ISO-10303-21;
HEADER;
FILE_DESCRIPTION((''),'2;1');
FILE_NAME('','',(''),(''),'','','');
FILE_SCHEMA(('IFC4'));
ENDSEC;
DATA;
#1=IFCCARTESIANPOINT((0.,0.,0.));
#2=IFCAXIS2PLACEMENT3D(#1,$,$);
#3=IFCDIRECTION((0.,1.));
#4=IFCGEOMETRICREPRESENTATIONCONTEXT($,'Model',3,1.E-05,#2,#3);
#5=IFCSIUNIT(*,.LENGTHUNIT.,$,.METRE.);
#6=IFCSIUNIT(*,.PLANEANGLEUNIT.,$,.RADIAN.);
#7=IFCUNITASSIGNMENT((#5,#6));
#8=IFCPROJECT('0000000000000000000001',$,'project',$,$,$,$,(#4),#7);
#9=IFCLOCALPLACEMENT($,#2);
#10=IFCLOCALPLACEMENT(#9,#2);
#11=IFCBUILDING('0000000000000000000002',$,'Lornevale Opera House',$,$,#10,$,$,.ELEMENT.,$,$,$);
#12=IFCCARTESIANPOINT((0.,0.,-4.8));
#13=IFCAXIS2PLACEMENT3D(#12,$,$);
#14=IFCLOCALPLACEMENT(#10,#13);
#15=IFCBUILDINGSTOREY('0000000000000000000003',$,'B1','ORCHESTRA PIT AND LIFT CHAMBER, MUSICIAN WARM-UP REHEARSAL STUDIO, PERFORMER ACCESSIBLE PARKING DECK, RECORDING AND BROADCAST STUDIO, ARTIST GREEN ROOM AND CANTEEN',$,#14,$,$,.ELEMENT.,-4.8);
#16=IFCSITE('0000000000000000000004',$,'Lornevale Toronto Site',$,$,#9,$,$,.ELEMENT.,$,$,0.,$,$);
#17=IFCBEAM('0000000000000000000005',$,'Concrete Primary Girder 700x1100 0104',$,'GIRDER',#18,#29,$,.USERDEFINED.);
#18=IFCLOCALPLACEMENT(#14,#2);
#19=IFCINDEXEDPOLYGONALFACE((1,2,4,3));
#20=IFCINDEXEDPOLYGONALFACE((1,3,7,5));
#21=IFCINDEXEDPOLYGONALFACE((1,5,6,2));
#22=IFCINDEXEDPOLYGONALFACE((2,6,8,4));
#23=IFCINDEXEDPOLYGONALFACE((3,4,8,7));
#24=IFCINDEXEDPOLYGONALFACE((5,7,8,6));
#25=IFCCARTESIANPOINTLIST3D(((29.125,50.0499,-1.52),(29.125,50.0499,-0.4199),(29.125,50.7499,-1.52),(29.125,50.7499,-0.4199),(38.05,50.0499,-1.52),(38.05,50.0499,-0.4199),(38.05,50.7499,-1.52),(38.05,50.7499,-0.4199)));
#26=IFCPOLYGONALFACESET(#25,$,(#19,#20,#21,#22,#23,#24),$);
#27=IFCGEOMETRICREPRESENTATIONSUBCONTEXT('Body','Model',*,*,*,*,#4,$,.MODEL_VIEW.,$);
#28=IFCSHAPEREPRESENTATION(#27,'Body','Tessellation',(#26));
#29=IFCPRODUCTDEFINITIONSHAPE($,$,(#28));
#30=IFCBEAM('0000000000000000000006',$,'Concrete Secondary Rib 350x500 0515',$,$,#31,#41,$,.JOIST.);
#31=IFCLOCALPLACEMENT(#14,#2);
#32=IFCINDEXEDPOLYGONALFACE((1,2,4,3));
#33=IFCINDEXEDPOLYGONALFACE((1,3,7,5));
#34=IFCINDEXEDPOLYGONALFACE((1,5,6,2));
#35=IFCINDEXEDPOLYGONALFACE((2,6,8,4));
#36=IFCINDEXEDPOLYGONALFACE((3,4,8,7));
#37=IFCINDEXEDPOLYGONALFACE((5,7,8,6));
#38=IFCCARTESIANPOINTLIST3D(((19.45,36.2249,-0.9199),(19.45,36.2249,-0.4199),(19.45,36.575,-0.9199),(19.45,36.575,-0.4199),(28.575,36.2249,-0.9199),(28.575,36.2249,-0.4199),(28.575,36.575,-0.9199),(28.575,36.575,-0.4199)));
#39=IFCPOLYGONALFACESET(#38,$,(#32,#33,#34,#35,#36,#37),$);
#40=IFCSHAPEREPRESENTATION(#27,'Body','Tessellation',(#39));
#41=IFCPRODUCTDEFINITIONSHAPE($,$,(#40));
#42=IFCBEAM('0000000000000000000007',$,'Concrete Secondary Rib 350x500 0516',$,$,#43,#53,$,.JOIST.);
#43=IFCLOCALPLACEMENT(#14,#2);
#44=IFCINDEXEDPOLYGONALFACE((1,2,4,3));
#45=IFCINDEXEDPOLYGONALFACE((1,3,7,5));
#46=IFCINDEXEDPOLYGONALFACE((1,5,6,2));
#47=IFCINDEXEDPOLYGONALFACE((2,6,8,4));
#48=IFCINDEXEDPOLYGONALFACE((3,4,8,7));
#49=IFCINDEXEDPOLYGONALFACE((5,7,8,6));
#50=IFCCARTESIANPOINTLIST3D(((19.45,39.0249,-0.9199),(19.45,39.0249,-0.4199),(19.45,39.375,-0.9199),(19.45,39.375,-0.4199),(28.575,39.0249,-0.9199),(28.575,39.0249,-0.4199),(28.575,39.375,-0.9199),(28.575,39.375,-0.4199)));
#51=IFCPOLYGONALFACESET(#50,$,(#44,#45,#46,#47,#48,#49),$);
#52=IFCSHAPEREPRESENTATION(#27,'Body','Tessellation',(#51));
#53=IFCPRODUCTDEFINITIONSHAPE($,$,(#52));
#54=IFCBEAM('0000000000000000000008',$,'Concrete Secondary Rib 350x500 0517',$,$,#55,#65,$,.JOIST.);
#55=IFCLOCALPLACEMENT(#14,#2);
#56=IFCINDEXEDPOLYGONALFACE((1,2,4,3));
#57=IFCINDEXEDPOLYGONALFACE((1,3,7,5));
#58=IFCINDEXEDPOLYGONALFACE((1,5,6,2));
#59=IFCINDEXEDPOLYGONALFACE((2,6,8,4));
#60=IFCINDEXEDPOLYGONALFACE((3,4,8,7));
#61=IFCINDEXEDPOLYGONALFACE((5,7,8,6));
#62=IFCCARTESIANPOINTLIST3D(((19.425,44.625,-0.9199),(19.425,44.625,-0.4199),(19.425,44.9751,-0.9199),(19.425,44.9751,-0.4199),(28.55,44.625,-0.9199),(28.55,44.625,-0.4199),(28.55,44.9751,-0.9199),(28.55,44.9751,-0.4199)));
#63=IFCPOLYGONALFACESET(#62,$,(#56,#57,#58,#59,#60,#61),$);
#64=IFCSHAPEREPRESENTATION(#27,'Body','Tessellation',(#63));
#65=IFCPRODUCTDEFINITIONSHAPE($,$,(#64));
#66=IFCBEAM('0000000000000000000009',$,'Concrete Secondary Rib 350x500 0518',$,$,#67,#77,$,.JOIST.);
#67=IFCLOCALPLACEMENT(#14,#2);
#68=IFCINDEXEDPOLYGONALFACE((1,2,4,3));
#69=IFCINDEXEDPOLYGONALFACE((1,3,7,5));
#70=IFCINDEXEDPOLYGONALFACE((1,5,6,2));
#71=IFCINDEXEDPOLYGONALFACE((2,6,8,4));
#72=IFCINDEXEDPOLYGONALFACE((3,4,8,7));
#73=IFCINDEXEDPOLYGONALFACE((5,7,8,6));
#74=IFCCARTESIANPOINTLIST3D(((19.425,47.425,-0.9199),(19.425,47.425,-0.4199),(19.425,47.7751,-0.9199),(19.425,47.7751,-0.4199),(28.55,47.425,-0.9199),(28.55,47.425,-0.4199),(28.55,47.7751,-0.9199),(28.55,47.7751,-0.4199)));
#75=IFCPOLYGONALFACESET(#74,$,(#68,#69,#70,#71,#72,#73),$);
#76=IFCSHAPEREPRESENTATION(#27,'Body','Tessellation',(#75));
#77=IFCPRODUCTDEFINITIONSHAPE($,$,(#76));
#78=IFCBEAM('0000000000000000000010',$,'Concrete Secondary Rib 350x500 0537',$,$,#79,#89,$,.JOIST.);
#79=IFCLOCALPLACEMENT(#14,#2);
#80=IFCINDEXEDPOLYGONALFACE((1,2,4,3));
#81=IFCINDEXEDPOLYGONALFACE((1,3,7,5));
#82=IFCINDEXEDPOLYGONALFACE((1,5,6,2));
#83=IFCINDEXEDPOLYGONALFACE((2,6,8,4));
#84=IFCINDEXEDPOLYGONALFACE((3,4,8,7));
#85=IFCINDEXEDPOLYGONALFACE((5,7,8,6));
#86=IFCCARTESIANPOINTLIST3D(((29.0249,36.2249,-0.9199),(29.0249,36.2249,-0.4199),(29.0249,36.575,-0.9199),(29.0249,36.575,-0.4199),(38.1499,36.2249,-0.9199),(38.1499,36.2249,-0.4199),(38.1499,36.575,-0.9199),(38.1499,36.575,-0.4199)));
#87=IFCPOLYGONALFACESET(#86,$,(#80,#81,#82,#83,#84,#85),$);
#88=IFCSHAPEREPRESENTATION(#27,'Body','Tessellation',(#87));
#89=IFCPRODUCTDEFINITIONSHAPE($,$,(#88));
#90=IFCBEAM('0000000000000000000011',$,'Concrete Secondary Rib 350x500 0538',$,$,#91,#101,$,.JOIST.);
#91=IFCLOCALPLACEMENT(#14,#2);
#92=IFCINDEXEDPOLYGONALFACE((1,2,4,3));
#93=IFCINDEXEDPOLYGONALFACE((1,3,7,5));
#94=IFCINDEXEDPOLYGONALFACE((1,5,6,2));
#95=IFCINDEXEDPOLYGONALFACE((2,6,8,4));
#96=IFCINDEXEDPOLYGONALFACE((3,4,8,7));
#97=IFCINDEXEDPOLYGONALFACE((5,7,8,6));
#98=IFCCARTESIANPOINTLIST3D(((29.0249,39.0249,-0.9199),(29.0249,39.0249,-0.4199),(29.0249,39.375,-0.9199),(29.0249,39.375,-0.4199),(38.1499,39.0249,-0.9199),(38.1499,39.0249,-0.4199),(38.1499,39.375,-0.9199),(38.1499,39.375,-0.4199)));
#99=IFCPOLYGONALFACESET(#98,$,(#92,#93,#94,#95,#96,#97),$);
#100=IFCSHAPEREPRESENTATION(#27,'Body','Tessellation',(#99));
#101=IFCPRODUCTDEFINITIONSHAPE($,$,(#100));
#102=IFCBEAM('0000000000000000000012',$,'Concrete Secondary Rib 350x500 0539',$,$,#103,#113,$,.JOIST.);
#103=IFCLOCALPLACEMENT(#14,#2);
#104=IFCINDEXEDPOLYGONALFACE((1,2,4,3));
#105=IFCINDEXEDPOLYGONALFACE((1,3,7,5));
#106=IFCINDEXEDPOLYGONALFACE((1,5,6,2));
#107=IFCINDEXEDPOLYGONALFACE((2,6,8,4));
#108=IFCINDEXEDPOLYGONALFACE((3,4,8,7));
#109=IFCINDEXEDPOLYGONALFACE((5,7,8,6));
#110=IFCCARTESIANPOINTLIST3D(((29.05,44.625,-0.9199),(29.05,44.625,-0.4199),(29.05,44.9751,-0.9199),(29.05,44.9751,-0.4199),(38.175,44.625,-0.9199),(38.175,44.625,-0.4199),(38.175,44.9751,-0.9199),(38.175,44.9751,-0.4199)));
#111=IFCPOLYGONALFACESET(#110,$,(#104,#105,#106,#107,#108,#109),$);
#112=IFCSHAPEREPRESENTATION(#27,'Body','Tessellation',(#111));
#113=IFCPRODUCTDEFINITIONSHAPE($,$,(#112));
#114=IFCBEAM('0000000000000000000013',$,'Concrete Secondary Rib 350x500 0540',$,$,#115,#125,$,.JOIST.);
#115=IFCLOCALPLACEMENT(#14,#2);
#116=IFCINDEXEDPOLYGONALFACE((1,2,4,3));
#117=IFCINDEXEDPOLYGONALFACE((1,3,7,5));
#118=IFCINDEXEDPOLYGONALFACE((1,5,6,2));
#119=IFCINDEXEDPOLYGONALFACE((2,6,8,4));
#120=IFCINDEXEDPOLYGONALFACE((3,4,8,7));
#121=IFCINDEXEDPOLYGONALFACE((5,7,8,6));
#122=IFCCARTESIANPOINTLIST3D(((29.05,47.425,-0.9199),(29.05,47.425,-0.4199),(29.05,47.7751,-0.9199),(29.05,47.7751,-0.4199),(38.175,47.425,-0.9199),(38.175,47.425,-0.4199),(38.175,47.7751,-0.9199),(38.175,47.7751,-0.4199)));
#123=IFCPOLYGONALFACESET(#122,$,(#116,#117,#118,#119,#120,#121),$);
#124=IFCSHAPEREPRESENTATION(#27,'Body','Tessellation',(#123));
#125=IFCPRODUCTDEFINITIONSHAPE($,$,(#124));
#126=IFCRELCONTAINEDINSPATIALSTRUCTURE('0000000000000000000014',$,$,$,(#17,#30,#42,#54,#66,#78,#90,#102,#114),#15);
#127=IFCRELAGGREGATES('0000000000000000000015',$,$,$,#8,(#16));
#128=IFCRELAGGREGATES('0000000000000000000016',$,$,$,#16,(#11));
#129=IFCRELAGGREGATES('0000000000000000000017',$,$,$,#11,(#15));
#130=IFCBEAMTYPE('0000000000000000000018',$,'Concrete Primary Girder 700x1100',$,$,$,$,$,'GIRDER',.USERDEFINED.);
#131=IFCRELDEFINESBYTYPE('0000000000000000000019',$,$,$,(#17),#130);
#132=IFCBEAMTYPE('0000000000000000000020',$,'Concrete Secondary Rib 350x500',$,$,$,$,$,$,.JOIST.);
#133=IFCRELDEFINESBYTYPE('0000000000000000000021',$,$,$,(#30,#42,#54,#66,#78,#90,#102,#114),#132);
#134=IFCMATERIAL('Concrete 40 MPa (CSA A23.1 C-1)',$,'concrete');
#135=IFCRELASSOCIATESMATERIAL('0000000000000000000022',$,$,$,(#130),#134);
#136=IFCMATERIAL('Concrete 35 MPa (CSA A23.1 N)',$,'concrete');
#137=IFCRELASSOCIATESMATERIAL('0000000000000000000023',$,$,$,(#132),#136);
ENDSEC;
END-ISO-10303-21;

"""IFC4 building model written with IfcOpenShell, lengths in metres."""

from ifc_helpers import new_model, si_unit, direction, frame, origin, origin_2d, place, context, subcontext, project, spatial, rectangle, extrude, material, material_profile, profile_set, type_object, element, save


model = new_model("IFC4")

# Units and contexts
model_context = context("Model", 3, precision=1e-05, world=origin(), true_north=direction((0.0, 1.0)))
body_context = subcontext(model_context, "Body", "Model", "MODEL_VIEW")
ifc_project = project(units=[si_unit("LENGTHUNIT", "METRE"), si_unit("PLANEANGLEUNIT", "RADIAN")], contexts=[model_context])

# Site, building, storey
site_placement = place(None, origin())
site = spatial("IfcSite", under=ifc_project, at=site_placement, Name="Lornevale Toronto Site", CompositionType="ELEMENT", RefElevation=0.0)
building_placement = place(site_placement, origin())
building = spatial("IfcBuilding", under=site, at=building_placement, Name="Lornevale Opera House", CompositionType="ELEMENT")
storey_placement = place(building_placement, frame((0.0, 0.0, -4.8)))
storey = spatial("IfcBuildingStorey", under=building, at=storey_placement, Name="B1", Description="ORCHESTRA PIT AND LIFT CHAMBER, MUSICIAN WARM-UP REHEARSAL STUDIO, PERFORMER ACCESSIBLE PARKING DECK, RECORDING AND BROADCAST STUDIO, ARTIST GREEN ROOM AND CANTEEN", CompositionType="ELEMENT", Elevation=-4.8)

# Shared definitions
ifc_material_1 = material(Name="Concrete 35 MPa (CSA A23.1 N)", Category="concrete")
ifc_material_2 = material(Name="Concrete 40 MPa (CSA A23.1 C-1)", Category="concrete")

# Beams
ifc_material_profile_1 = material_profile(ifc_material_2, rectangle(XDim=0.7, YDim=1.1001, at=origin_2d()), Name="RC700x1100")
ifc_profile_set_1 = profile_set([ifc_material_profile_1], Name="Concrete 40 MPa (CSA A23.1 C-1)")
beam_type_1 = type_object("IfcBeamType", Name="Concrete Primary Girder 700x1100", ElementType="GIRDER", PredefinedType="USERDEFINED", material=ifc_profile_set_1)
beam_1_placement = place(storey_placement, frame((29.125, 50.3999, -0.97), z_axis=(1.0, 0.0, 0.0), x_axis=(0.0, 1.0, 0.0)))
element("IfcBeam", 1, at=beam_1_placement, inside=storey, type_object=beam_type_1, Name="Concrete Primary Girder 700x1100 0104", ObjectType="GIRDER", PredefinedType="USERDEFINED", context=body_context, shape_type="SweptSolid", body=[
    extrude(rectangle(XDim=0.7, YDim=1.1001, at=origin_2d()), origin(), (0.0, 0.0, 1.0), 8.925),
])
ifc_material_profile_2 = material_profile(ifc_material_1, rectangle(XDim=0.3501, YDim=0.5, at=origin_2d()), Name="RC350x500")
ifc_profile_set_2 = profile_set([ifc_material_profile_2], Name="Concrete 35 MPa (CSA A23.1 N)")
beam_type_2 = type_object("IfcBeamType", Name="Concrete Secondary Rib 350x500", PredefinedType="JOIST", material=ifc_profile_set_2)
for number, where, z_axis, x_axis, name in (
    (2, (19.45, 36.3999, -0.6699), (1.0, 0.0, 0.0), (0.0, 1.0, 0.0), "Concrete Secondary Rib 350x500 0515"),
    (3, (19.45, 39.2, -0.6699), (1.0, 0.0, 0.0), (0.0, 1.0, 0.0), "Concrete Secondary Rib 350x500 0516"),
    (4, (19.425, 44.8, -0.6699), (1.0, 0.0, 0.0), (0.0, 1.0, 0.0), "Concrete Secondary Rib 350x500 0517"),
    (5, (19.425, 47.6001, -0.6699), (1.0, 0.0, 0.0), (0.0, 1.0, 0.0), "Concrete Secondary Rib 350x500 0518"),
    (6, (29.0249, 36.3999, -0.6699), (1.0, 0.0, 0.0), (0.0, 1.0, 0.0), "Concrete Secondary Rib 350x500 0537"),
    (7, (29.0249, 39.2, -0.6699), (1.0, 0.0, 0.0), (0.0, 1.0, 0.0), "Concrete Secondary Rib 350x500 0538"),
    (8, (29.05, 44.8, -0.6699), (1.0, 0.0, 0.0), (0.0, 1.0, 0.0), "Concrete Secondary Rib 350x500 0539"),
    (9, (29.05, 47.6001, -0.6699), (1.0, 0.0, 0.0), (0.0, 1.0, 0.0), "Concrete Secondary Rib 350x500 0540"),
):
    element("IfcBeam", number, at=place(storey_placement, frame(where, z_axis=z_axis, x_axis=x_axis)), inside=storey, type_object=beam_type_2, Name=name, PredefinedType="JOIST", context=body_context, shape_type="SweptSolid", body=[
        extrude(rectangle(XDim=0.3501, YDim=0.5, at=origin_2d()), origin(), (0.0, 0.0, 1.0), 9.125),
    ])

save(model, "model.ifc")
